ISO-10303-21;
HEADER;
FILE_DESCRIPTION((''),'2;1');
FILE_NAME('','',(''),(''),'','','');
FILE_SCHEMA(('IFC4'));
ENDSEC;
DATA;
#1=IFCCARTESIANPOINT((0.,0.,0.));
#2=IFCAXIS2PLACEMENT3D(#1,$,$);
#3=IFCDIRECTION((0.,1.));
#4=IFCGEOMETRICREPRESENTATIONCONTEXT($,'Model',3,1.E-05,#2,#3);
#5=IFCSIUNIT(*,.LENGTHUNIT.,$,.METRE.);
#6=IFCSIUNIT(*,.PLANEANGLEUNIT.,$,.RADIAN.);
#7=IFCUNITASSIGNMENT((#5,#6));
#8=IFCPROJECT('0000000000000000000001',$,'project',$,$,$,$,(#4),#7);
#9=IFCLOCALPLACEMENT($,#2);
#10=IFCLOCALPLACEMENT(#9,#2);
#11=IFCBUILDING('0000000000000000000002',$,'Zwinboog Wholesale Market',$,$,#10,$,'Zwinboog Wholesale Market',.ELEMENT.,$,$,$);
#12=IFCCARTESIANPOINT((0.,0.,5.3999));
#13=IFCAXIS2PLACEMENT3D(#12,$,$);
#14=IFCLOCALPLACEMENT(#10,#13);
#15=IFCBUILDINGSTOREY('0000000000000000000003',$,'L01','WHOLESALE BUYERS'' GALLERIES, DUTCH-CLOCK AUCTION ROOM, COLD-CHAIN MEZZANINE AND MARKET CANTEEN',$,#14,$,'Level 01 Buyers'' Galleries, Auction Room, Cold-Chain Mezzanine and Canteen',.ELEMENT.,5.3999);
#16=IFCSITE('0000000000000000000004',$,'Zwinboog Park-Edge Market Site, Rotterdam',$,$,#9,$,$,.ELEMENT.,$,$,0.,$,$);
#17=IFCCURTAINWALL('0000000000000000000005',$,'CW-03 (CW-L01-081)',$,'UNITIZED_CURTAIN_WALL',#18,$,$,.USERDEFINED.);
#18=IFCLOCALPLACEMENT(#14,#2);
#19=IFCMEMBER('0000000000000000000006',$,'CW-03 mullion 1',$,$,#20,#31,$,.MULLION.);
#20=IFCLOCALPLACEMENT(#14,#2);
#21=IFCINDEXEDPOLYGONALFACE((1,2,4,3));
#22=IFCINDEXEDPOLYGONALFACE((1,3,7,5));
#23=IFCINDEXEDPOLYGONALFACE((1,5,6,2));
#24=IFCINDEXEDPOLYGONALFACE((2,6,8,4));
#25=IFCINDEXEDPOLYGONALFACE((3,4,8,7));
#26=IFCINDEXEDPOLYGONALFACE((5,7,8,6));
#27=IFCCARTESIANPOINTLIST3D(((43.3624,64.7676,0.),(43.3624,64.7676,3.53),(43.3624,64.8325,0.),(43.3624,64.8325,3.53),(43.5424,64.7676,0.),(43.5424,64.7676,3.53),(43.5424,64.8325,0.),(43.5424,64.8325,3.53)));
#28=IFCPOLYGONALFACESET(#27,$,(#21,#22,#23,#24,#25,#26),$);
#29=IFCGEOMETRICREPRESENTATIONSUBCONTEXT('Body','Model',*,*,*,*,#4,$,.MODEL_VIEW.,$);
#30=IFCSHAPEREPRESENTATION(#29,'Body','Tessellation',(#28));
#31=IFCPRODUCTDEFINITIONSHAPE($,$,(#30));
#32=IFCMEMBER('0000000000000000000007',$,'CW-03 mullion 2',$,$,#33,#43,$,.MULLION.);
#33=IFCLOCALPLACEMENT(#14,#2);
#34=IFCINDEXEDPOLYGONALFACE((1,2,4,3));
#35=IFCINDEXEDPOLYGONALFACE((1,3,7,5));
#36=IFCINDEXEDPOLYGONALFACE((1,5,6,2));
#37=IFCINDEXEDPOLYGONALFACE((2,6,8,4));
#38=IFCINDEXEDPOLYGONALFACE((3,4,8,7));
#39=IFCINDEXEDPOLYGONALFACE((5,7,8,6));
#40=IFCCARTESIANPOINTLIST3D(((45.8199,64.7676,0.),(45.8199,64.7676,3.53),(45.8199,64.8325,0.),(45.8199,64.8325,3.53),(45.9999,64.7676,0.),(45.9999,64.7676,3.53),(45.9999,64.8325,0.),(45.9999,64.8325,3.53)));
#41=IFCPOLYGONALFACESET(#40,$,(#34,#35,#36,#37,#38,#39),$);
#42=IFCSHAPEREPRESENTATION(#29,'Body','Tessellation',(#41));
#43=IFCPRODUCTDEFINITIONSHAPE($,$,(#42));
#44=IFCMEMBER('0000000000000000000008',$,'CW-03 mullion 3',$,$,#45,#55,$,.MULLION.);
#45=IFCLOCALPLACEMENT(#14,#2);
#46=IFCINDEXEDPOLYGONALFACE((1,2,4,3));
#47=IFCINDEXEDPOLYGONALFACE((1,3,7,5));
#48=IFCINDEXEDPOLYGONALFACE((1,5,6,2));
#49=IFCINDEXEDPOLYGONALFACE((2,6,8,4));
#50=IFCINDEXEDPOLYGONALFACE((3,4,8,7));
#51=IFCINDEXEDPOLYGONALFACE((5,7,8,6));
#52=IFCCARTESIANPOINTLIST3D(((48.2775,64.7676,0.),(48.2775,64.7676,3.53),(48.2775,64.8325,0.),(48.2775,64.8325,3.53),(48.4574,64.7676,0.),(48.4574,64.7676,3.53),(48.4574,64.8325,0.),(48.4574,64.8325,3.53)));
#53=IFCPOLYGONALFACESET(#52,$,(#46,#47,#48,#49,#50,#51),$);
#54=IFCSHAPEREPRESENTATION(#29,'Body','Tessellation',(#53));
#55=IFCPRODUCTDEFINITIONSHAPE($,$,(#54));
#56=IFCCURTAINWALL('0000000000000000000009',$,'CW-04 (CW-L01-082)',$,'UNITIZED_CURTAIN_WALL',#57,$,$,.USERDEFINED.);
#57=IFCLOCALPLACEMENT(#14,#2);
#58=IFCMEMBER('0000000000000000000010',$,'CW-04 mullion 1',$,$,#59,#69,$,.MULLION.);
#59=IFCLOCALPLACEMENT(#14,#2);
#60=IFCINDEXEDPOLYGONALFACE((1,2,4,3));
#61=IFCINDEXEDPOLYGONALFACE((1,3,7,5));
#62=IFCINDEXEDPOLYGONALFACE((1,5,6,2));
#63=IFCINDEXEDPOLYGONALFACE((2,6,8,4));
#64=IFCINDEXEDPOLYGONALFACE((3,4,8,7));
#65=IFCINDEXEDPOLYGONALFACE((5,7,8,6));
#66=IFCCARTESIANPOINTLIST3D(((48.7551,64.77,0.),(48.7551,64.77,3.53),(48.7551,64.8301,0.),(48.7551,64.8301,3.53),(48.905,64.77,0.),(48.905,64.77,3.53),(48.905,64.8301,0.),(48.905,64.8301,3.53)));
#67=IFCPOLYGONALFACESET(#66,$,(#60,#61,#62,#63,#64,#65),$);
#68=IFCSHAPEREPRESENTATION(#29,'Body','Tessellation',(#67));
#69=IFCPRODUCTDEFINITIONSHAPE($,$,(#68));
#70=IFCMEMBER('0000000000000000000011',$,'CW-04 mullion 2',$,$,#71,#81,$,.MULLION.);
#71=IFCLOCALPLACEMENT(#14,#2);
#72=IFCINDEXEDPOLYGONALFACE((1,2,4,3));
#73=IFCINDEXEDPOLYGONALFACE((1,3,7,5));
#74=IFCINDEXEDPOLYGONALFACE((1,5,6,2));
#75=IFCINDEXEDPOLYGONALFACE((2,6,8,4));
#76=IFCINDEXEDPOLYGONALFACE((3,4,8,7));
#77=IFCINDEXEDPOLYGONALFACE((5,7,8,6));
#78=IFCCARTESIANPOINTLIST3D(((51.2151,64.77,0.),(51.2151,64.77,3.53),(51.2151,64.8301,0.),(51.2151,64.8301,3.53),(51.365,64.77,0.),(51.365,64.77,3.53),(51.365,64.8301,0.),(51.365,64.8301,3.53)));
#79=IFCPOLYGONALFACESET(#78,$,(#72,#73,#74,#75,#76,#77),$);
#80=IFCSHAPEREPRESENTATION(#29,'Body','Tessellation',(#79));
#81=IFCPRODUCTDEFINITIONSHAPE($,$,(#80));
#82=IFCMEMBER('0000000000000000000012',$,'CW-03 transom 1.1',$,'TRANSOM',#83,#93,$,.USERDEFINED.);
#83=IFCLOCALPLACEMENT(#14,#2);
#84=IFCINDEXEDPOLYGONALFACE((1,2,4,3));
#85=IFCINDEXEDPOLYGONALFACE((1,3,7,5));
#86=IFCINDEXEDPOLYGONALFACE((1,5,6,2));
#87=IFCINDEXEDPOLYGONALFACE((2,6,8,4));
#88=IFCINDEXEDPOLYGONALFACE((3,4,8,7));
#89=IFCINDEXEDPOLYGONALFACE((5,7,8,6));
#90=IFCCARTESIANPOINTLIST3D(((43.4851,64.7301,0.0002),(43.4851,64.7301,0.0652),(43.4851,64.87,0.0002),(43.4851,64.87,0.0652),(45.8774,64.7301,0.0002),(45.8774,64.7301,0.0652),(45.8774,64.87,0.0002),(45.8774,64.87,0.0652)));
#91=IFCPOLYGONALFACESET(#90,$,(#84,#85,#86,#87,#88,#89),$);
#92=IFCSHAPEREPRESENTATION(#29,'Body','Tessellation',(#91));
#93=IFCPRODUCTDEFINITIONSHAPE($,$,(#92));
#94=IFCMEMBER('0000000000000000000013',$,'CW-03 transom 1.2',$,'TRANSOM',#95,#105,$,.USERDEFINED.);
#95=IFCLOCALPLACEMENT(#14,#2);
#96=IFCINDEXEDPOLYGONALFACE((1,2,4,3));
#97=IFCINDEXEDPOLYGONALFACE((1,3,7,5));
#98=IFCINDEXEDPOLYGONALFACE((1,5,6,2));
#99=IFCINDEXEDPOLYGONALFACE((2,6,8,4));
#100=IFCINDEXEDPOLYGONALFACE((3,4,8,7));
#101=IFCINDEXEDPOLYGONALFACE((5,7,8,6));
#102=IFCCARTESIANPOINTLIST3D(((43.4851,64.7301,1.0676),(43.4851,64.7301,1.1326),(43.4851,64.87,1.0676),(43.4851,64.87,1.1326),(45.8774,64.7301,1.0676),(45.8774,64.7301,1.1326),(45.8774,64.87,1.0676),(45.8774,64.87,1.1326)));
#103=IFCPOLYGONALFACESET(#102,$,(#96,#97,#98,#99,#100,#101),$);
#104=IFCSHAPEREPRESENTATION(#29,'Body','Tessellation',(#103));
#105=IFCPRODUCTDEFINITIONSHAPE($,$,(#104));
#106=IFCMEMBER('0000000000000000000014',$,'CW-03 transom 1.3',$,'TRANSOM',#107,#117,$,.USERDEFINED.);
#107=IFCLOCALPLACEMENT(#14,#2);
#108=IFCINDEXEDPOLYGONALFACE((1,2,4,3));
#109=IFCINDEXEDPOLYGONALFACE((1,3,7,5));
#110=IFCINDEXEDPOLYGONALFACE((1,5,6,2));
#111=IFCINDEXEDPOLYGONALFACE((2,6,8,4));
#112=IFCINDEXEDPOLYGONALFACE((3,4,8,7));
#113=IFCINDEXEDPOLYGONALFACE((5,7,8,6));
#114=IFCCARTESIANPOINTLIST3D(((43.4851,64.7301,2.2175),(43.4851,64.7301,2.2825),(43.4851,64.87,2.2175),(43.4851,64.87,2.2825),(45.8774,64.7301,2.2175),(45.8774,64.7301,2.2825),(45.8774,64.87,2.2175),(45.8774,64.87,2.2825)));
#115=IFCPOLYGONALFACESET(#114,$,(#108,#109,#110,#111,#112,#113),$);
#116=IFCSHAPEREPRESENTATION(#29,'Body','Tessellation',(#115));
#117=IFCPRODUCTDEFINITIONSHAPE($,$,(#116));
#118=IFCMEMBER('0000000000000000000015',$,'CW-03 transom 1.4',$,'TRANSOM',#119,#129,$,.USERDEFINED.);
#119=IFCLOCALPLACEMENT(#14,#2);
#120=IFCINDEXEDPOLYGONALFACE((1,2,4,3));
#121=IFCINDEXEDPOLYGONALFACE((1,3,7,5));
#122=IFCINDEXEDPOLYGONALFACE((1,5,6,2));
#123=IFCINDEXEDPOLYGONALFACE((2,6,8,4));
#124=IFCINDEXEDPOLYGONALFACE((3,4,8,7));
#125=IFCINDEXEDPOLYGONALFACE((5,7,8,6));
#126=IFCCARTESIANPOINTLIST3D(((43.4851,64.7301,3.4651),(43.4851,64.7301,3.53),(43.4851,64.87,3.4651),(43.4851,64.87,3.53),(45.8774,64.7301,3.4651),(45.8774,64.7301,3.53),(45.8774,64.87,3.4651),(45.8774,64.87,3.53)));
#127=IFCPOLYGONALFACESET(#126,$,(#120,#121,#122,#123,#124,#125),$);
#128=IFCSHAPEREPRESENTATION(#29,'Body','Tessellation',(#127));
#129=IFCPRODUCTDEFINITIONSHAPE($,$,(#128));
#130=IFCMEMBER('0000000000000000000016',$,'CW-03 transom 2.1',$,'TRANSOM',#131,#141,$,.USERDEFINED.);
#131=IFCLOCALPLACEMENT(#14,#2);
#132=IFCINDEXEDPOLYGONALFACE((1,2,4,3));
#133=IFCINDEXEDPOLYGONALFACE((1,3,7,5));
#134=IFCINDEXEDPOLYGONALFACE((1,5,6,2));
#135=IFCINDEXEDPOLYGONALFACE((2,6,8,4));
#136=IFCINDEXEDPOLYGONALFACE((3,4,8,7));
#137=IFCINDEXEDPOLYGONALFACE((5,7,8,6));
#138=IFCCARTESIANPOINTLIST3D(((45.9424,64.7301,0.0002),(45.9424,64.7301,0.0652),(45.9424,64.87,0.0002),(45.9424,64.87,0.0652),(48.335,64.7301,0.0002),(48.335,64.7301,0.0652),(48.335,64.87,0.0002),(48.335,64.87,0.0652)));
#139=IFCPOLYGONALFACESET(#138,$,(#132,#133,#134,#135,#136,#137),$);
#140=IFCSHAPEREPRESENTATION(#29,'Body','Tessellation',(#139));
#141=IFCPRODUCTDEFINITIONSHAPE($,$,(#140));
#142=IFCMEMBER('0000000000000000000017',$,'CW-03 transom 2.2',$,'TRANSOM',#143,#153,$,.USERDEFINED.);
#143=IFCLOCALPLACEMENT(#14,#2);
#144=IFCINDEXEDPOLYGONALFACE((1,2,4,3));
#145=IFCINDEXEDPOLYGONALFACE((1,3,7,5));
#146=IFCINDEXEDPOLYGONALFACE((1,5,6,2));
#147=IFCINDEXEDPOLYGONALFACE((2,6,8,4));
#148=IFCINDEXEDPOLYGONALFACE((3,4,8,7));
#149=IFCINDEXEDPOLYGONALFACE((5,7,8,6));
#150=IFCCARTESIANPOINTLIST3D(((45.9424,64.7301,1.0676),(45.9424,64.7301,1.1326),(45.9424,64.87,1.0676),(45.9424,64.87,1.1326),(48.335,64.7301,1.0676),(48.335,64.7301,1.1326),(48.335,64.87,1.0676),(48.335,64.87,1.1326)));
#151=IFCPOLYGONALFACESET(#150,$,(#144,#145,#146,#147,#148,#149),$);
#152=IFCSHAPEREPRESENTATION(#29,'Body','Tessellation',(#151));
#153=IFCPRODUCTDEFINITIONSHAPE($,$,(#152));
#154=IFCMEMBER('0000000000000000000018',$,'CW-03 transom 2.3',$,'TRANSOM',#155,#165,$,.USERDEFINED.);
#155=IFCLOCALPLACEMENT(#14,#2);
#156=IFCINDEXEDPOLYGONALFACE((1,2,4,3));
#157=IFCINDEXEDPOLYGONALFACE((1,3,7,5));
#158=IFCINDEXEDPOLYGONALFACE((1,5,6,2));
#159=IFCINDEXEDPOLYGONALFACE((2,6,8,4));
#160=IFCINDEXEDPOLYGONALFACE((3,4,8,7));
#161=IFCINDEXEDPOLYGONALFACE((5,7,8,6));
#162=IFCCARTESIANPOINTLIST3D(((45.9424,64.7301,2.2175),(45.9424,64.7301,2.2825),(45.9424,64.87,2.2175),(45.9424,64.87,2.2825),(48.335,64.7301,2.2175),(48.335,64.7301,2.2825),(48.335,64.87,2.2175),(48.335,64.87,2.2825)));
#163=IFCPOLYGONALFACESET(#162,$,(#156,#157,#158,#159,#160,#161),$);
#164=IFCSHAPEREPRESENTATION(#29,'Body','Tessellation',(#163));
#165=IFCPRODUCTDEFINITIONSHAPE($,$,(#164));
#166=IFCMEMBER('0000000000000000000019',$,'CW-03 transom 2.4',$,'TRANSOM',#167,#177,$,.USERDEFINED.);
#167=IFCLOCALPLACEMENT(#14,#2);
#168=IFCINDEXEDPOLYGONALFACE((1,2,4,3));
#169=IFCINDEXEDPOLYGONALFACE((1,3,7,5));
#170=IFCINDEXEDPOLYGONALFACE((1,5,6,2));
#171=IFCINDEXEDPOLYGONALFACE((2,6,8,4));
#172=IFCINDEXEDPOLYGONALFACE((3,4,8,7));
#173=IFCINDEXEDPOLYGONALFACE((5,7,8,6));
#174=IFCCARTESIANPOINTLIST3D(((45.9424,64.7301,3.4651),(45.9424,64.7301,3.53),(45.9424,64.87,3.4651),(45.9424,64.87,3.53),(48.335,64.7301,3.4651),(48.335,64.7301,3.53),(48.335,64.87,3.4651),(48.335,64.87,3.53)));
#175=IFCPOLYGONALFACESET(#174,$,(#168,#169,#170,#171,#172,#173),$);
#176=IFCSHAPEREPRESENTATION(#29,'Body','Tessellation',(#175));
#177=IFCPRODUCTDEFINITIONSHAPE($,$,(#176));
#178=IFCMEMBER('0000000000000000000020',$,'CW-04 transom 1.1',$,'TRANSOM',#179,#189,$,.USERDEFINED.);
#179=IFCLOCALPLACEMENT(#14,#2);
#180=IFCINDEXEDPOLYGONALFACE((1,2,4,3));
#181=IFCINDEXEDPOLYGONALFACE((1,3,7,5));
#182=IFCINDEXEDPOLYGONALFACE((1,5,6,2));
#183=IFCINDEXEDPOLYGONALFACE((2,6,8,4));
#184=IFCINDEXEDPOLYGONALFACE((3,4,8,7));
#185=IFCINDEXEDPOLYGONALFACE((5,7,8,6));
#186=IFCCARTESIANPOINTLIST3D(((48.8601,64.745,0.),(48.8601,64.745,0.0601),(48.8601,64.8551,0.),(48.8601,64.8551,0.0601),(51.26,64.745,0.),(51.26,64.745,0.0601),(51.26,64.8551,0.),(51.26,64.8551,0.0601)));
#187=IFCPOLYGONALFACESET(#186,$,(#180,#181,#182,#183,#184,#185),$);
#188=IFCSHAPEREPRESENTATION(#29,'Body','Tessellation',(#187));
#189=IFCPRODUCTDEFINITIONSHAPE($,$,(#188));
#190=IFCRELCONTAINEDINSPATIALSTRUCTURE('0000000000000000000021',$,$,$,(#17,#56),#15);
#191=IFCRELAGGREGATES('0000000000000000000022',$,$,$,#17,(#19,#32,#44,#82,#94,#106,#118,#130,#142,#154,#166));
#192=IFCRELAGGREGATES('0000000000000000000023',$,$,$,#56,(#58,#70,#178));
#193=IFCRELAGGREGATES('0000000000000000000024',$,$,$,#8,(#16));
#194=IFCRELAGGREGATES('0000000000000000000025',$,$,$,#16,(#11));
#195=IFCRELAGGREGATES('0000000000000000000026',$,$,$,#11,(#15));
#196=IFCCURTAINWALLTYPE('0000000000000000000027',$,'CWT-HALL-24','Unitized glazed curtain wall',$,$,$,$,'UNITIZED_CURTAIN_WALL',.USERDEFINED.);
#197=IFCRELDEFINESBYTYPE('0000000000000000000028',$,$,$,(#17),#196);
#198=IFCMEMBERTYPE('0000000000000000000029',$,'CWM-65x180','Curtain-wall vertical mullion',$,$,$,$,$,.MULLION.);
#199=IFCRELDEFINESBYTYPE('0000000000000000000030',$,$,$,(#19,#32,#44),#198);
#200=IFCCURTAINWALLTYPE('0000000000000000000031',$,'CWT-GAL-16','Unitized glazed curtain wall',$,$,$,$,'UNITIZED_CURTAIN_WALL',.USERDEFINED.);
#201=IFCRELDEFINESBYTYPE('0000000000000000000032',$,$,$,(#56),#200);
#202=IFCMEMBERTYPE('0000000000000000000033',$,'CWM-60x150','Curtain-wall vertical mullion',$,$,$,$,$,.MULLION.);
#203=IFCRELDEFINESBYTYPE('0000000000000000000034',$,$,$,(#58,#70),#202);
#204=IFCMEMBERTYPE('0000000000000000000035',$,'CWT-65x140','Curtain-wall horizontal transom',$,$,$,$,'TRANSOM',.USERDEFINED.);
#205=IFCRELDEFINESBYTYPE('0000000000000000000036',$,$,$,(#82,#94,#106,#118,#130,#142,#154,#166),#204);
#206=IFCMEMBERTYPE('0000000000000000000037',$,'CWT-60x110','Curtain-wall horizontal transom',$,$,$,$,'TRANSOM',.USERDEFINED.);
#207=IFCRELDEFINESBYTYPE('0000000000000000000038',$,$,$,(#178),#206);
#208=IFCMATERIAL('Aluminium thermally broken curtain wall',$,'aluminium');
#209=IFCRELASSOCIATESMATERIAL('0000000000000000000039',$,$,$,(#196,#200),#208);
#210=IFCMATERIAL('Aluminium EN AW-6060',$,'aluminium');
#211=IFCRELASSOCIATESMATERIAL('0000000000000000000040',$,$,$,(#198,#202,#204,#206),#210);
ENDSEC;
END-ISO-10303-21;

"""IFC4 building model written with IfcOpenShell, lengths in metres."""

from ifc_helpers import new_model, si_unit, direction, frame, origin, origin_2d, place, context, subcontext, project, spatial, rectangle, extrude, material, material_profile, profile_set, type_object, element, aggregate, save


model = new_model("IFC4")

# Units and contexts
model_context = context("Model", 3, precision=1e-05, world=origin(), true_north=direction((0.0, 1.0)))
body_context = subcontext(model_context, "Body", "Model", "MODEL_VIEW")
ifc_project = project(units=[si_unit("LENGTHUNIT", "METRE"), si_unit("PLANEANGLEUNIT", "RADIAN")], contexts=[model_context])

# Site, building, storey
site_placement = place(None, origin())
site = spatial("IfcSite", under=ifc_project, at=site_placement, Name="Zwinboog Park-Edge Market Site, Rotterdam", CompositionType="ELEMENT", RefElevation=0.0)
building_placement = place(site_placement, origin())
building = spatial("IfcBuilding", under=site, at=building_placement, Name="Zwinboog Wholesale Market", LongName="Zwinboog Wholesale Market", CompositionType="ELEMENT")
storey_placement = place(building_placement, frame((0.0, 0.0, 5.3999)))
storey = spatial("IfcBuildingStorey", under=building, at=storey_placement, Name="L01", Description="WHOLESALE BUYERS' GALLERIES, DUTCH-CLOCK AUCTION ROOM, COLD-CHAIN MEZZANINE AND MARKET CANTEEN", LongName="Level 01 Buyers' Galleries, Auction Room, Cold-Chain Mezzanine and Canteen", CompositionType="ELEMENT", Elevation=5.3999)

# Curtain walls, members
ifc_material_1 = material(Name="Aluminium thermally broken curtain wall", Category="aluminium")
curtain_wall_type_1 = type_object("IfcCurtainWallType", Name="CWT-HALL-24", Description="Unitized glazed curtain wall", ElementType="UNITIZED_CURTAIN_WALL", PredefinedType="USERDEFINED", material=ifc_material_1)
curtain_wall_1_placement = place(storey_placement, origin())
curtain_wall_1 = element("IfcCurtainWall", 1, at=curtain_wall_1_placement, inside=storey, type_object=curtain_wall_type_1, Name="CW-03 (CW-L01-081)", ObjectType="UNITIZED_CURTAIN_WALL", PredefinedType="USERDEFINED")
ifc_material_2 = material(Name="Aluminium EN AW-6060", Category="aluminium")
ifc_material_profile_1 = material_profile(ifc_material_2, rectangle(XDim=0.0649, YDim=0.1799, at=origin_2d()), Name="AL 65x180")
ifc_profile_set_1 = profile_set([ifc_material_profile_1], Name="Aluminium EN AW-6060")
member_type_1 = type_object("IfcMemberType", Name="CWM-65x180", Description="Curtain-wall vertical mullion", PredefinedType="MULLION", material=ifc_profile_set_1)
member_1_placement = place(storey_placement, frame((43.4524, 64.8, 0.0), z_axis=(0.0, 0.0, 1.0), x_axis=(0.0, 1.0, 0.0)))
member_1 = element("IfcMember", 2, at=member_1_placement, type_object=member_type_1, Name="CW-03 mullion 1", PredefinedType="MULLION", context=body_context, shape_type="SweptSolid", body=[
    extrude(rectangle(XDim=0.0649, YDim=0.1799, at=origin_2d()), origin(), (0.0, 0.0, 1.0), 3.53),
])
member_2_placement = place(storey_placement, frame((45.9099, 64.8, 0.0), z_axis=(0.0, 0.0, 1.0), x_axis=(0.0, 1.0, 0.0)))
member_2 = element("IfcMember", 3, at=member_2_placement, type_object=member_type_1, Name="CW-03 mullion 2", PredefinedType="MULLION", context=body_context, shape_type="SweptSolid", body=[
    extrude(rectangle(XDim=0.0649, YDim=0.1799, at=origin_2d()), origin(), (0.0, 0.0, 1.0), 3.53),
])
member_3_placement = place(storey_placement, frame((48.3674, 64.8, 0.0), z_axis=(0.0, 0.0, 1.0), x_axis=(0.0, 1.0, 0.0)))
member_3 = element("IfcMember", 4, at=member_3_placement, type_object=member_type_1, Name="CW-03 mullion 3", PredefinedType="MULLION", context=body_context, shape_type="SweptSolid", body=[
    extrude(rectangle(XDim=0.0649, YDim=0.1799, at=origin_2d()), origin(), (0.0, 0.0, 1.0), 3.53),
])
curtain_wall_type_2 = type_object("IfcCurtainWallType", Name="CWT-GAL-16", Description="Unitized glazed curtain wall", ElementType="UNITIZED_CURTAIN_WALL", PredefinedType="USERDEFINED", material=ifc_material_1)
curtain_wall_2_placement = place(storey_placement, origin())
curtain_wall_2 = element("IfcCurtainWall", 5, at=curtain_wall_2_placement, inside=storey, type_object=curtain_wall_type_2, Name="CW-04 (CW-L01-082)", ObjectType="UNITIZED_CURTAIN_WALL", PredefinedType="USERDEFINED")
ifc_material_profile_2 = material_profile(ifc_material_2, rectangle(XDim=0.0601, YDim=0.1499, at=origin_2d()), Name="AL 60x150")
ifc_profile_set_2 = profile_set([ifc_material_profile_2], Name="Aluminium EN AW-6060")
member_type_2 = type_object("IfcMemberType", Name="CWM-60x150", Description="Curtain-wall vertical mullion", PredefinedType="MULLION", material=ifc_profile_set_2)
member_4_placement = place(storey_placement, frame((48.8301, 64.8, 0.0), z_axis=(0.0, 0.0, 1.0), x_axis=(0.0, 1.0, 0.0)))
member_4 = element("IfcMember", 6, at=member_4_placement, type_object=member_type_2, Name="CW-04 mullion 1", PredefinedType="MULLION", context=body_context, shape_type="SweptSolid", body=[
    extrude(rectangle(XDim=0.0601, YDim=0.1499, at=origin_2d()), origin(), (0.0, 0.0, 1.0), 3.53),
])
member_5_placement = place(storey_placement, frame((51.29, 64.8, 0.0), z_axis=(0.0, 0.0, 1.0), x_axis=(0.0, 1.0, 0.0)))
member_5 = element("IfcMember", 7, at=member_5_placement, type_object=member_type_2, Name="CW-04 mullion 2", PredefinedType="MULLION", context=body_context, shape_type="SweptSolid", body=[
    extrude(rectangle(XDim=0.0601, YDim=0.1499, at=origin_2d()), origin(), (0.0, 0.0, 1.0), 3.53),
])

# Members
ifc_material_profile_3 = material_profile(ifc_material_2, rectangle(XDim=0.1399, YDim=0.0649, at=origin_2d()), Name="AL 65x140")
ifc_profile_set_3 = profile_set([ifc_material_profile_3], Name="Aluminium EN AW-6060")
member_type_3 = type_object("IfcMemberType", Name="CWT-65x140", Description="Curtain-wall horizontal transom", ElementType="TRANSOM", PredefinedType="USERDEFINED", material=ifc_profile_set_3)
member_6_placement = place(storey_placement, frame((43.4851, 64.8, 0.0327), z_axis=(1.0, 0.0, 0.0), x_axis=(0.0, 1.0, 0.0)))
member_6 = element("IfcMember", 8, at=member_6_placement, type_object=member_type_3, Name="CW-03 transom 1.1", ObjectType="TRANSOM", PredefinedType="USERDEFINED", context=body_context, shape_type="SweptSolid", body=[
    extrude(rectangle(XDim=0.1399, YDim=0.0649, at=origin_2d()), origin(), (0.0, 0.0, 1.0), 2.3923),
])
member_7_placement = place(storey_placement, frame((43.4851, 64.8, 1.1001), z_axis=(1.0, 0.0, 0.0), x_axis=(0.0, 1.0, 0.0)))
member_7 = element("IfcMember", 9, at=member_7_placement, type_object=member_type_3, Name="CW-03 transom 1.2", ObjectType="TRANSOM", PredefinedType="USERDEFINED", context=body_context, shape_type="SweptSolid", body=[
    extrude(rectangle(XDim=0.1399, YDim=0.0649, at=origin_2d()), origin(), (0.0, 0.0, 1.0), 2.3923),
])
member_8_placement = place(storey_placement, frame((43.4851, 64.8, 2.25), z_axis=(1.0, 0.0, 0.0), x_axis=(0.0, 1.0, 0.0)))
member_8 = element("IfcMember", 10, at=member_8_placement, type_object=member_type_3, Name="CW-03 transom 1.3", ObjectType="TRANSOM", PredefinedType="USERDEFINED", context=body_context, shape_type="SweptSolid", body=[
    extrude(rectangle(XDim=0.1399, YDim=0.0649, at=origin_2d()), origin(), (0.0, 0.0, 1.0), 2.3923),
])
member_9_placement = place(storey_placement, frame((43.4851, 64.8, 3.4976), z_axis=(1.0, 0.0, 0.0), x_axis=(0.0, 1.0, 0.0)))
member_9 = element("IfcMember", 11, at=member_9_placement, type_object=member_type_3, Name="CW-03 transom 1.4", ObjectType="TRANSOM", PredefinedType="USERDEFINED", context=body_context, shape_type="SweptSolid", body=[
    extrude(rectangle(XDim=0.1399, YDim=0.0649, at=origin_2d()), origin(), (0.0, 0.0, 1.0), 2.3923),
])
member_10_placement = place(storey_placement, frame((45.9424, 64.8, 0.0327), z_axis=(1.0, 0.0, 0.0), x_axis=(0.0, 1.0, 0.0)))
member_10 = element("IfcMember", 12, at=member_10_placement, type_object=member_type_3, Name="CW-03 transom 2.1", ObjectType="TRANSOM", PredefinedType="USERDEFINED", context=body_context, shape_type="SweptSolid", body=[
    extrude(rectangle(XDim=0.1399, YDim=0.0649, at=origin_2d()), origin(), (0.0, 0.0, 1.0), 2.3926),
])
member_11_placement = place(storey_placement, frame((45.9424, 64.8, 1.1001), z_axis=(1.0, 0.0, 0.0), x_axis=(0.0, 1.0, 0.0)))
member_11 = element("IfcMember", 13, at=member_11_placement, type_object=member_type_3, Name="CW-03 transom 2.2", ObjectType="TRANSOM", PredefinedType="USERDEFINED", context=body_context, shape_type="SweptSolid", body=[
    extrude(rectangle(XDim=0.1399, YDim=0.0649, at=origin_2d()), origin(), (0.0, 0.0, 1.0), 2.3926),
])
member_12_placement = place(storey_placement, frame((45.9424, 64.8, 2.25), z_axis=(1.0, 0.0, 0.0), x_axis=(0.0, 1.0, 0.0)))
member_12 = element("IfcMember", 14, at=member_12_placement, type_object=member_type_3, Name="CW-03 transom 2.3", ObjectType="TRANSOM", PredefinedType="USERDEFINED", context=body_context, shape_type="SweptSolid", body=[
    extrude(rectangle(XDim=0.1399, YDim=0.0649, at=origin_2d()), origin(), (0.0, 0.0, 1.0), 2.3926),
])
member_13_placement = place(storey_placement, frame((45.9424, 64.8, 3.4976), z_axis=(1.0, 0.0, 0.0), x_axis=(0.0, 1.0, 0.0)))
member_13 = element("IfcMember", 15, at=member_13_placement, type_object=member_type_3, Name="CW-03 transom 2.4", ObjectType="TRANSOM", PredefinedType="USERDEFINED", context=body_context, shape_type="SweptSolid", body=[
    extrude(rectangle(XDim=0.1399, YDim=0.0649, at=origin_2d()), origin(), (0.0, 0.0, 1.0), 2.3926),
])
ifc_material_profile_4 = material_profile(ifc_material_2, rectangle(XDim=0.1101, YDim=0.0601, at=origin_2d()), Name="AL 60x110")
ifc_profile_set_4 = profile_set([ifc_material_profile_4], Name="Aluminium EN AW-6060")
member_type_4 = type_object("IfcMemberType", Name="CWT-60x110", Description="Curtain-wall horizontal transom", ElementType="TRANSOM", PredefinedType="USERDEFINED", material=ifc_profile_set_4)
member_14_placement = place(storey_placement, frame((48.8601, 64.8, 0.03), z_axis=(1.0, 0.0, 0.0), x_axis=(0.0, 1.0, 0.0)))
member_14 = element("IfcMember", 16, at=member_14_placement, type_object=member_type_4, Name="CW-04 transom 1.1", ObjectType="TRANSOM", PredefinedType="USERDEFINED", context=body_context, shape_type="SweptSolid", body=[
    extrude(rectangle(XDim=0.1101, YDim=0.0601, at=origin_2d()), origin(), (0.0, 0.0, 1.0), 2.3999),
])

aggregate(curtain_wall_1, [member_1, member_2, member_3, member_6, member_7, member_8, member_9, member_10, member_11, member_12, member_13])
aggregate(curtain_wall_2, [member_4, member_5, member_14])

save(model, "model.ifc")
